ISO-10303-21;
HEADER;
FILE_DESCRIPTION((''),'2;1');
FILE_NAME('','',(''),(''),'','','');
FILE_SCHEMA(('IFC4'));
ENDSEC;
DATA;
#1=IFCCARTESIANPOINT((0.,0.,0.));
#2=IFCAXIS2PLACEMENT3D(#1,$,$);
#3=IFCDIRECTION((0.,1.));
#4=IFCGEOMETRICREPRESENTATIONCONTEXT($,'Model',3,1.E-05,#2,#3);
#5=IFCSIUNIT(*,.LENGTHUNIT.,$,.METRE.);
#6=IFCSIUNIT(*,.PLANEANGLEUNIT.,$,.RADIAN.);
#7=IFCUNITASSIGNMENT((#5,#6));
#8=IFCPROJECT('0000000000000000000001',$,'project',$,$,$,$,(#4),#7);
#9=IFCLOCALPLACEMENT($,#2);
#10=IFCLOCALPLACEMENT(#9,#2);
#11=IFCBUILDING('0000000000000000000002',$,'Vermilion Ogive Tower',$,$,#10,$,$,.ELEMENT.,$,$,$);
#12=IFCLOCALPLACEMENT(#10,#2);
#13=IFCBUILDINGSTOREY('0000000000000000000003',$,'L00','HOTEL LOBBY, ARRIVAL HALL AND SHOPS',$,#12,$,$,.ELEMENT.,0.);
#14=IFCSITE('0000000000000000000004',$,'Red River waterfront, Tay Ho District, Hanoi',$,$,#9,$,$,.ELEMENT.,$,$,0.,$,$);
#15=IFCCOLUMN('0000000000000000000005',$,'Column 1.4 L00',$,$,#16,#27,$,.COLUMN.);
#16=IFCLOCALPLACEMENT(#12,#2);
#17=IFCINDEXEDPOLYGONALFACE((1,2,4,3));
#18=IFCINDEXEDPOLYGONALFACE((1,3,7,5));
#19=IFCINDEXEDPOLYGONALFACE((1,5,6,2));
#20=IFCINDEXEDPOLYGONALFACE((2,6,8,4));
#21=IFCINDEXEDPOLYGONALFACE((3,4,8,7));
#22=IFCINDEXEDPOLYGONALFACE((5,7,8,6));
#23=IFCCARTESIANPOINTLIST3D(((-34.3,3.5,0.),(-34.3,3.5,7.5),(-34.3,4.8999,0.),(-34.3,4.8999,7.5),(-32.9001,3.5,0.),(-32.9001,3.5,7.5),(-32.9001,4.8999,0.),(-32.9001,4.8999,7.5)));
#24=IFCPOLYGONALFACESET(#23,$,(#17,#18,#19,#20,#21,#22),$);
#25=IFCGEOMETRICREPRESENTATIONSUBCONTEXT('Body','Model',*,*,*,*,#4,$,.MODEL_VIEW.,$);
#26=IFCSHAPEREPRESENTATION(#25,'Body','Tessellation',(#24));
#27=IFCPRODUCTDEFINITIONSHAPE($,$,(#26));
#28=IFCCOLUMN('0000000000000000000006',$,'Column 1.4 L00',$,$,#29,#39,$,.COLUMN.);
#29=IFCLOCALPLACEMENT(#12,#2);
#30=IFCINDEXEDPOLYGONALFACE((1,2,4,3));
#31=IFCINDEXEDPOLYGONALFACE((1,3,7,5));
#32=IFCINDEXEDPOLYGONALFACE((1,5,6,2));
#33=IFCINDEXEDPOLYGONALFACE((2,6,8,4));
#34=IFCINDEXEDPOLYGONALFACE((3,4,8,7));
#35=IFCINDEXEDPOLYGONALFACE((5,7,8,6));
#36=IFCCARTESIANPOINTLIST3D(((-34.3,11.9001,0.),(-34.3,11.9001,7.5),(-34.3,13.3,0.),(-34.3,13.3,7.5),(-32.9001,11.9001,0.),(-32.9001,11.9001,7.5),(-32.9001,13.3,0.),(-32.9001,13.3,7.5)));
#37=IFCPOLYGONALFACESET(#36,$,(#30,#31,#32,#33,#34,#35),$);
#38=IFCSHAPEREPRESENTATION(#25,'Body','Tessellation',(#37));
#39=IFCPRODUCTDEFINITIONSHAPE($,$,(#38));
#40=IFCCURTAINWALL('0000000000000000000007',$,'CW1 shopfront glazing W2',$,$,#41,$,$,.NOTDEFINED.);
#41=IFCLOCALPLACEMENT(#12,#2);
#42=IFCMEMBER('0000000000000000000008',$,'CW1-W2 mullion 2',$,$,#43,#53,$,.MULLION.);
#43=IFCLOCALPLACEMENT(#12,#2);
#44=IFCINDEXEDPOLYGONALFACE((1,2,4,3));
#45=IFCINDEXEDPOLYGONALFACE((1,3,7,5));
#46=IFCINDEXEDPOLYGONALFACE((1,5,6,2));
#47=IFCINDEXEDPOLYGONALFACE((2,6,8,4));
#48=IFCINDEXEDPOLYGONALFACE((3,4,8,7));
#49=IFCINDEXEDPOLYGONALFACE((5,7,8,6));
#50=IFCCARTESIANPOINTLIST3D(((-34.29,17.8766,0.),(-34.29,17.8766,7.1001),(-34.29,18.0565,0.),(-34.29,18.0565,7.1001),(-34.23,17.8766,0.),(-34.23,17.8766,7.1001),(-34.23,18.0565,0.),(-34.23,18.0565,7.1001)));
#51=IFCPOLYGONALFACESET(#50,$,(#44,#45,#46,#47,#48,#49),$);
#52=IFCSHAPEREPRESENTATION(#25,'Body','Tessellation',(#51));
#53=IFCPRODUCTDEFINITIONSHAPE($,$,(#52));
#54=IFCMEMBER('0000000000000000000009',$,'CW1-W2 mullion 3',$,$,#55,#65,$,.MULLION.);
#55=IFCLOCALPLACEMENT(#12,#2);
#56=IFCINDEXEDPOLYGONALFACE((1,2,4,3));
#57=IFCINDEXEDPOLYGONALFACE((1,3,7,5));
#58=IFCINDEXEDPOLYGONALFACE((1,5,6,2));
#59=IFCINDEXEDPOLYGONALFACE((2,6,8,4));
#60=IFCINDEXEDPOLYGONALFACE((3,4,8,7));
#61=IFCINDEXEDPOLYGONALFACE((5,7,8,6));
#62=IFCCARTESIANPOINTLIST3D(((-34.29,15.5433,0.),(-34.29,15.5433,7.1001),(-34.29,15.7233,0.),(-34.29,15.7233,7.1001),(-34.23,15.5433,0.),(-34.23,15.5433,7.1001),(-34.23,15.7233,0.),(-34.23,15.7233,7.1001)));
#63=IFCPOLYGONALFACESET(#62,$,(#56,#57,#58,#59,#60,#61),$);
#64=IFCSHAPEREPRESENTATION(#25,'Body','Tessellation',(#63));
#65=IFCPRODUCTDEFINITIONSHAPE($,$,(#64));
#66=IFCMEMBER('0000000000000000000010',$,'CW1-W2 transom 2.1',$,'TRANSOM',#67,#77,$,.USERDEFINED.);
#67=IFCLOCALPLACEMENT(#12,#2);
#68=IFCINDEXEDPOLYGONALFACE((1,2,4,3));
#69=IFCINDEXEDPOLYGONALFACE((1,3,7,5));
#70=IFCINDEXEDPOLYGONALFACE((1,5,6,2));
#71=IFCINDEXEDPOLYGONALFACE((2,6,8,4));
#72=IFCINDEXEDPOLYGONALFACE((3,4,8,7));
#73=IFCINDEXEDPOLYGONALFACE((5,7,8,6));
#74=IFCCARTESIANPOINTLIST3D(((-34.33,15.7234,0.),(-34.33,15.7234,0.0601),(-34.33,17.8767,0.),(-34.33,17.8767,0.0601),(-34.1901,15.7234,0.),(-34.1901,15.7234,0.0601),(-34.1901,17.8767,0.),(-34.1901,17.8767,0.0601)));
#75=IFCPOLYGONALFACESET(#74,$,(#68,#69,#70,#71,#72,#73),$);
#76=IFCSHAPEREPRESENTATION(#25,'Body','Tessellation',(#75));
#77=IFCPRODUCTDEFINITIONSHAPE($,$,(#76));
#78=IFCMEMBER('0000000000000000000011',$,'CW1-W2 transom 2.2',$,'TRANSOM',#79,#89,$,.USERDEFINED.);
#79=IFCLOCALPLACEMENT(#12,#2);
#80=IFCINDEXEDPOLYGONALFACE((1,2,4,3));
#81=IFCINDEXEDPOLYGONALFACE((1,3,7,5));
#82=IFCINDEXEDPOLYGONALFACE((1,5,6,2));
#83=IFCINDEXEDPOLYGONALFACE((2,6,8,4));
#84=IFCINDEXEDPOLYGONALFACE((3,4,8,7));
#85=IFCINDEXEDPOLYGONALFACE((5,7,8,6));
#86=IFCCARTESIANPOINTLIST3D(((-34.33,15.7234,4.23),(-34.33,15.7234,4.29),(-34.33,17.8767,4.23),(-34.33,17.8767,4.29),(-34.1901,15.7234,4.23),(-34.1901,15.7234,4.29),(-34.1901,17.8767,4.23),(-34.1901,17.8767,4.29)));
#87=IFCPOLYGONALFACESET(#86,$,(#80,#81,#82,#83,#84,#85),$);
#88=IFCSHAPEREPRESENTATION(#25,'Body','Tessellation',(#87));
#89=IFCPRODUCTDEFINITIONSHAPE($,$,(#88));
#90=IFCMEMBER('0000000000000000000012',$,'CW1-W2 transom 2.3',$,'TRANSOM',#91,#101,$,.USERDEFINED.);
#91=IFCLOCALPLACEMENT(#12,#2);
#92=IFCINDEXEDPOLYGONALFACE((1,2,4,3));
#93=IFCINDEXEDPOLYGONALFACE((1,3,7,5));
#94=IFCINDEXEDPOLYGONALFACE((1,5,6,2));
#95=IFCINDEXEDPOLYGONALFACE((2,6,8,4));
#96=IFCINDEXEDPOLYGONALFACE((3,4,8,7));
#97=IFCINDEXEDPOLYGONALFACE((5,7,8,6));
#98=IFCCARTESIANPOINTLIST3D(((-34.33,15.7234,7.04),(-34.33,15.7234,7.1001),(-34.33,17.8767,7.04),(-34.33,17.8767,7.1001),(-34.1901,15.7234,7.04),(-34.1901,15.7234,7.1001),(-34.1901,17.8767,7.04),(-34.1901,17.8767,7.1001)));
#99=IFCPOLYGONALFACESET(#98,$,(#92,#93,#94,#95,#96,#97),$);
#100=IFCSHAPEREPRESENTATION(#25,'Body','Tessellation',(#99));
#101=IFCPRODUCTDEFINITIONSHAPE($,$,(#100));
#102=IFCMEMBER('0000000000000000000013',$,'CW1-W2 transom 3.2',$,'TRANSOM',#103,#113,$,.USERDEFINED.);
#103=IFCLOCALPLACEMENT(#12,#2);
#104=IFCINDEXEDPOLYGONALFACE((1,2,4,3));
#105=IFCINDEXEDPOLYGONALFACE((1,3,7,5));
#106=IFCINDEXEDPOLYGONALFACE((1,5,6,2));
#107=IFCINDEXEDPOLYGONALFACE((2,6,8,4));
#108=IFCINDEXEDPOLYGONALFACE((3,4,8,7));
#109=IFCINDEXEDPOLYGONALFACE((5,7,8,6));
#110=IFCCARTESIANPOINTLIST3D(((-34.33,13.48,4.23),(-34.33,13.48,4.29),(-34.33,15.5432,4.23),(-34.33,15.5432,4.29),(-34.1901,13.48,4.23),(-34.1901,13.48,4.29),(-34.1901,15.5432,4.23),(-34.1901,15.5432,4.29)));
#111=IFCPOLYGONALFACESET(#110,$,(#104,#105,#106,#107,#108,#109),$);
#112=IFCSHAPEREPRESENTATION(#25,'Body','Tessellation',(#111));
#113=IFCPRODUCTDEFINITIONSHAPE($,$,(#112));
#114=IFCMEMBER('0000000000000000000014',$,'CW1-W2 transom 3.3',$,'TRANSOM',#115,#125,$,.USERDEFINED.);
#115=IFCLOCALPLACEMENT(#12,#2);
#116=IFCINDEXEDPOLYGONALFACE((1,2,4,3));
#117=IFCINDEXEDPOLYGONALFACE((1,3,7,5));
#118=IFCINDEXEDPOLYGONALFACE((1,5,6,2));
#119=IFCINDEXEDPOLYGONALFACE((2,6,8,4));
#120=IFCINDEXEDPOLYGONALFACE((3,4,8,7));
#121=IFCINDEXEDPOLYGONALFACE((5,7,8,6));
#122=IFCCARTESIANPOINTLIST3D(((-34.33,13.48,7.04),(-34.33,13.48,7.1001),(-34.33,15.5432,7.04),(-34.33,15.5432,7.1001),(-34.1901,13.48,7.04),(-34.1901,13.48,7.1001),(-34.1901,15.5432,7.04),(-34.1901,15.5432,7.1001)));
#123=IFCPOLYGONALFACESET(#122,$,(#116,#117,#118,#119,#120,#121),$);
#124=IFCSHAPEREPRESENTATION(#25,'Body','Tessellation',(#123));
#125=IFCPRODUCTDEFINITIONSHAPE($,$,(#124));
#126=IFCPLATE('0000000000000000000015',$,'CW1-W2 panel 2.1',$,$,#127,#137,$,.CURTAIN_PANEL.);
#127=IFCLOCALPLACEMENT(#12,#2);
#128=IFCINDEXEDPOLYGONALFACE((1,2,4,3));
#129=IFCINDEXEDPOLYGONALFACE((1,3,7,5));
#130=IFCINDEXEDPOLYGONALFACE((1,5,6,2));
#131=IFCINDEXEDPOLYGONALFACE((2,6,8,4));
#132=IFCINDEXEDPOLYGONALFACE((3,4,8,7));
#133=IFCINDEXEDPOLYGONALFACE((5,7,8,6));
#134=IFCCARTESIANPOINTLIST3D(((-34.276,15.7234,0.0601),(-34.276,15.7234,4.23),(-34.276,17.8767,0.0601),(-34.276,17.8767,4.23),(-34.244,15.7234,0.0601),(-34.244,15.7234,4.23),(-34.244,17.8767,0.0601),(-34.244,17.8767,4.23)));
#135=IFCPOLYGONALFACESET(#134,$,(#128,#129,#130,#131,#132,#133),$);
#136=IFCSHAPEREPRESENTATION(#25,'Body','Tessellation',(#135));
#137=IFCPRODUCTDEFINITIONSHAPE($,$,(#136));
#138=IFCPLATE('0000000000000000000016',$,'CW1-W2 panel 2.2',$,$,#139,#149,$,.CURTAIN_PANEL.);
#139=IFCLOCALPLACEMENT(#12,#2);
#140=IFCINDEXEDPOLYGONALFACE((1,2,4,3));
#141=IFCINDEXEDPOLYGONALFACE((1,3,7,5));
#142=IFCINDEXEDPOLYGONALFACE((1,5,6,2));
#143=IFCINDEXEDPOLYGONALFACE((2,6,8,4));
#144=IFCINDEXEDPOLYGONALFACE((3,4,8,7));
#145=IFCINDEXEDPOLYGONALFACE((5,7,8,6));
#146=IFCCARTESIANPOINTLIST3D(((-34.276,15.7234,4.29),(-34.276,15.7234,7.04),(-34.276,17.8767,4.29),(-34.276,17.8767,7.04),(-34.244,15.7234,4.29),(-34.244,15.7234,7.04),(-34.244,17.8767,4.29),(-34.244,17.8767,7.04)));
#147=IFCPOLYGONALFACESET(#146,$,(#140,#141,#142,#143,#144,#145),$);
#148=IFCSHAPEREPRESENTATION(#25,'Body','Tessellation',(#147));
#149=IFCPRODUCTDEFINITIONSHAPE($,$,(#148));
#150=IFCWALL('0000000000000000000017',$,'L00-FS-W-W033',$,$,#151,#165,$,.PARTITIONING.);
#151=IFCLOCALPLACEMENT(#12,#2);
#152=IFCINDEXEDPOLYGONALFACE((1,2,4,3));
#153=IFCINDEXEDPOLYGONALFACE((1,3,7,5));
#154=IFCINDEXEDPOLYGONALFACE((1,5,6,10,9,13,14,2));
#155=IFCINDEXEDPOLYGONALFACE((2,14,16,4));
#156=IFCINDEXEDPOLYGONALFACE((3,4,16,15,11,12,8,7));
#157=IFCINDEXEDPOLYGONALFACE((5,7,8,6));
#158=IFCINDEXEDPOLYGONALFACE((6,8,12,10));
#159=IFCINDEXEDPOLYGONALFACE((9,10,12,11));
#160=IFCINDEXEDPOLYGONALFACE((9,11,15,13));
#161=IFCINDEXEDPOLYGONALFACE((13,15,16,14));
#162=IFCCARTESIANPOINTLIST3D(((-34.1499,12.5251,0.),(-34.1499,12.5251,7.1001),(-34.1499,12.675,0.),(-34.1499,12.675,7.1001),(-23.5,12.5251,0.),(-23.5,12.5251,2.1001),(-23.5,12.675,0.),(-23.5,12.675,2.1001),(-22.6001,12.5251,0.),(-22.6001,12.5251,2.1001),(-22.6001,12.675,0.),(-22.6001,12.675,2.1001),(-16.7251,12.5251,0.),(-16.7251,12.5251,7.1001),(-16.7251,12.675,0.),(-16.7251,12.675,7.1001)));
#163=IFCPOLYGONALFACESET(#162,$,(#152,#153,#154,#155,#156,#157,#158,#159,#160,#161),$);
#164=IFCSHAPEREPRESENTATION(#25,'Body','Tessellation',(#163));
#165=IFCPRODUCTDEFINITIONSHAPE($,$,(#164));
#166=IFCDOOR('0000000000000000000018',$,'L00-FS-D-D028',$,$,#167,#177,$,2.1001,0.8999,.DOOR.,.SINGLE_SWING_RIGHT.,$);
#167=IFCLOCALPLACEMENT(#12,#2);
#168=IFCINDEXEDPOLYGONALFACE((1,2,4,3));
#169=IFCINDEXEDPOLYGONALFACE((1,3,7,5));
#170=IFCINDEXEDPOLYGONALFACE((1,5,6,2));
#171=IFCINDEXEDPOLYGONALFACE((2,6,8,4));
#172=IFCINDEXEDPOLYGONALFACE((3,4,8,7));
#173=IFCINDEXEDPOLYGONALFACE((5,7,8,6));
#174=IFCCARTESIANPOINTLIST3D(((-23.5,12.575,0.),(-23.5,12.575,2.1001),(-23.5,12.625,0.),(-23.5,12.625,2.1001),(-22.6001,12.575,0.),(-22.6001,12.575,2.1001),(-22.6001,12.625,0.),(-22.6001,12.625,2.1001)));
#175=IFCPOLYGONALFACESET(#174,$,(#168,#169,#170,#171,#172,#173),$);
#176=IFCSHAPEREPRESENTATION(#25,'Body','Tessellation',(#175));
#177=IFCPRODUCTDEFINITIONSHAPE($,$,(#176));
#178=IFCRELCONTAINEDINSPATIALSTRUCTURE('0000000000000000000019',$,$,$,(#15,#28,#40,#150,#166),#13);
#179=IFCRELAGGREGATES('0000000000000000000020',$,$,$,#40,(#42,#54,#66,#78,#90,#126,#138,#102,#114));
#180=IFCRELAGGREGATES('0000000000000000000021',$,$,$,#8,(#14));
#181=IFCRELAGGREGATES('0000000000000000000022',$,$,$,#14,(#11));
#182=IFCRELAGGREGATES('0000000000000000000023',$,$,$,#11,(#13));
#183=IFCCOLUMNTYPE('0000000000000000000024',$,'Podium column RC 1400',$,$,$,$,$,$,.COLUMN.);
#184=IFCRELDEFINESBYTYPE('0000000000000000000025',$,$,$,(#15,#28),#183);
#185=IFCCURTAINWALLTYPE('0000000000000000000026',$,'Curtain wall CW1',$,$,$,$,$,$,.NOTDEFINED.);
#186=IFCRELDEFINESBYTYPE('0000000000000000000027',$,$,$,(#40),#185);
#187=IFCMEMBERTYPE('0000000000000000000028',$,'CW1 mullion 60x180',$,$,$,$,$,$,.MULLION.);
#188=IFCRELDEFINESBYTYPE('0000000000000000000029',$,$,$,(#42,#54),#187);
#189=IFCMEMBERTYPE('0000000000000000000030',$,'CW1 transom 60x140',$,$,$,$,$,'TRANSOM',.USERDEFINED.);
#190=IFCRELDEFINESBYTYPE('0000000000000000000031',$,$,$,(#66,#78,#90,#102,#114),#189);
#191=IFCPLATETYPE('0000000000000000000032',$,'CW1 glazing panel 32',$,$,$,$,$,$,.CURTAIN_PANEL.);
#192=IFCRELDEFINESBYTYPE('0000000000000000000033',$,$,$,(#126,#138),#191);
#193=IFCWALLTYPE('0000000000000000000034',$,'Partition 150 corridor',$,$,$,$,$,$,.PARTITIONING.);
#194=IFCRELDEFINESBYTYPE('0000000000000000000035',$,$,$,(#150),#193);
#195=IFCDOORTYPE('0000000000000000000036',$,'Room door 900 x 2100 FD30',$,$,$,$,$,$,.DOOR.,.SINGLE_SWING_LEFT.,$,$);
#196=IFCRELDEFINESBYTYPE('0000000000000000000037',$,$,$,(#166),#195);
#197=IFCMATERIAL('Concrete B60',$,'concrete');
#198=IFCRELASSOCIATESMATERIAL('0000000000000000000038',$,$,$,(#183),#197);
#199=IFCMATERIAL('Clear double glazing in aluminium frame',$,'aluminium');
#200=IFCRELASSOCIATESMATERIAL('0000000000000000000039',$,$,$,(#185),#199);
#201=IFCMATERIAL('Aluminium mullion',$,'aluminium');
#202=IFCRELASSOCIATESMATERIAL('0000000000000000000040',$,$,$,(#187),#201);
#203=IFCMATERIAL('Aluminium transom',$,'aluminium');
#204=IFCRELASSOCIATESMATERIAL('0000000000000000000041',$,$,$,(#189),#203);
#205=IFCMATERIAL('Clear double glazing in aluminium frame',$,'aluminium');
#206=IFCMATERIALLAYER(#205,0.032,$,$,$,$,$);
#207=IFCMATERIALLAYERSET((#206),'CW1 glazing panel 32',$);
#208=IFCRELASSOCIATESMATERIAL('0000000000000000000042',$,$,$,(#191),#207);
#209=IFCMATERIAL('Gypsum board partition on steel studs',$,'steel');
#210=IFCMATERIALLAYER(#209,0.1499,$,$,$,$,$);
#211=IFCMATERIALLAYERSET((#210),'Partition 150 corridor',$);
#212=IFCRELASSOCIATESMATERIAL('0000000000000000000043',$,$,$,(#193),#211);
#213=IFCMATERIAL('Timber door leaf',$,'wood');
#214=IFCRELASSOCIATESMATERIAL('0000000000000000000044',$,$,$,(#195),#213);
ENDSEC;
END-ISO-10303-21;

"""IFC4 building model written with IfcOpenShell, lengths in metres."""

from ifc_helpers import new_model, si_unit, direction, frame, frame_2d, origin, origin_2d, place, context, subcontext, project, spatial, rectangle, extrude, material, layer, layer_set, material_profile, profile_set, type_object, element, fill, aggregate, save


model = new_model("IFC4")

# Units and contexts
model_context = context("Model", 3, precision=1e-05, world=origin(), true_north=direction((0.0, 1.0)))
body_context = subcontext(model_context, "Body", "Model", "MODEL_VIEW")
ifc_project = project(units=[si_unit("LENGTHUNIT", "METRE"), si_unit("PLANEANGLEUNIT", "RADIAN")], contexts=[model_context])

# Site, building, storey
site_placement = place(None, origin())
site = spatial("IfcSite", under=ifc_project, at=site_placement, Name="Red River waterfront, Tay Ho District, Hanoi", CompositionType="ELEMENT", RefElevation=0.0)
building_placement = place(site_placement, origin())
building = spatial("IfcBuilding", under=site, at=building_placement, Name="Vermilion Ogive Tower", CompositionType="ELEMENT")
storey_placement = place(building_placement, origin())
storey = spatial("IfcBuildingStorey", under=building, at=storey_placement, Name="L00", Description="HOTEL LOBBY, ARRIVAL HALL AND SHOPS", CompositionType="ELEMENT", Elevation=0.0)

# Columns
ifc_material_1 = material(Name="Concrete B60", Category="concrete")
ifc_material_profile_1 = material_profile(ifc_material_1, rectangle(XDim=1.3999, YDim=1.3999, at=origin_2d()), Name="RC 1400x1400")
ifc_profile_set_1 = profile_set([ifc_material_profile_1], Name="Concrete B60")
column_type = type_object("IfcColumnType", Name="Podium column RC 1400", PredefinedType="COLUMN", material=ifc_profile_set_1)
for number, where, z_axis, x_axis, name in (
    (1, (-33.6001, 4.2, 0.0), (0.0, 0.0, 1.0), (1.0, 0.0, 0.0), "Column 1.4 L00"),
    (2, (-33.6001, 12.6001, 0.0), (0.0, 0.0, 1.0), (1.0, 0.0, 0.0), "Column 1.4 L00"),
):
    element("IfcColumn", number, at=place(storey_placement, frame(where, z_axis=z_axis, x_axis=x_axis)), inside=storey, type_object=column_type, Name=name, PredefinedType="COLUMN", context=body_context, shape_type="SweptSolid", body=[
        extrude(rectangle(XDim=1.3999, YDim=1.3999, at=origin_2d()), origin(), (0.0, 0.0, 1.0), 7.5),
    ])

# Curtain wall, members, plates
ifc_material_2 = material(Name="Clear double glazing in aluminium frame", Category="aluminium")
curtain_wall_type = type_object("IfcCurtainWallType", Name="Curtain wall CW1", PredefinedType="NOTDEFINED", material=ifc_material_2)
curtain_wall_placement = place(storey_placement, origin())
curtain_wall = element("IfcCurtainWall", 3, at=curtain_wall_placement, inside=storey, type_object=curtain_wall_type, Name="CW1 shopfront glazing W2", PredefinedType="NOTDEFINED")
ifc_material_3 = material(Name="Aluminium mullion", Category="aluminium")
ifc_material_profile_2 = material_profile(ifc_material_3, rectangle(XDim=0.0601, YDim=0.1799, at=origin_2d()), Name="AL 60x180")
ifc_profile_set_2 = profile_set([ifc_material_profile_2], Name="Aluminium mullion")
member_type_1 = type_object("IfcMemberType", Name="CW1 mullion 60x180", PredefinedType="MULLION", material=ifc_profile_set_2)
member_1_placement = place(storey_placement, frame((-34.26, 17.9666, 0.0), z_axis=(0.0, 0.0, 1.0), x_axis=(1.0, 0.0, 0.0)))
member_1 = element("IfcMember", 4, at=member_1_placement, type_object=member_type_1, Name="CW1-W2 mullion 2", PredefinedType="MULLION", context=body_context, shape_type="SweptSolid", body=[
    extrude(rectangle(XDim=0.0601, YDim=0.1799, at=origin_2d()), origin(), (0.0, 0.0, 1.0), 7.1001),
])
member_2_placement = place(storey_placement, frame((-34.26, 15.6333, 0.0), z_axis=(0.0, 0.0, 1.0), x_axis=(1.0, 0.0, 0.0)))
member_2 = element("IfcMember", 5, at=member_2_placement, type_object=member_type_1, Name="CW1-W2 mullion 3", PredefinedType="MULLION", context=body_context, shape_type="SweptSolid", body=[
    extrude(rectangle(XDim=0.0601, YDim=0.1799, at=origin_2d()), origin(), (0.0, 0.0, 1.0), 7.1001),
])
ifc_material_4 = material(Name="Aluminium transom", Category="aluminium")
ifc_material_profile_3 = material_profile(ifc_material_4, rectangle(XDim=0.1399, YDim=0.0601, at=origin_2d()), Name="AL 60x140")
ifc_profile_set_3 = profile_set([ifc_material_profile_3], Name="Aluminium transom")
member_type_2 = type_object("IfcMemberType", Name="CW1 transom 60x140", ElementType="TRANSOM", PredefinedType="USERDEFINED", material=ifc_profile_set_3)
member_3_placement = place(storey_placement, frame((-34.26, 17.8767, 0.03), z_axis=(0.0, -1.0, 0.0), x_axis=(1.0, 0.0, 0.0)))
member_3 = element("IfcMember", 6, at=member_3_placement, type_object=member_type_2, Name="CW1-W2 transom 2.1", ObjectType="TRANSOM", PredefinedType="USERDEFINED", context=body_context, shape_type="SweptSolid", body=[
    extrude(rectangle(XDim=0.1399, YDim=0.0601, at=origin_2d()), origin(), (0.0, 0.0, 1.0), 2.1533),
])
member_4_placement = place(storey_placement, frame((-34.26, 17.8767, 4.26), z_axis=(0.0, -1.0, 0.0), x_axis=(1.0, 0.0, 0.0)))
member_4 = element("IfcMember", 7, at=member_4_placement, type_object=member_type_2, Name="CW1-W2 transom 2.2", ObjectType="TRANSOM", PredefinedType="USERDEFINED", context=body_context, shape_type="SweptSolid", body=[
    extrude(rectangle(XDim=0.1399, YDim=0.0601, at=origin_2d()), origin(), (0.0, 0.0, 1.0), 2.1533),
])
member_5_placement = place(storey_placement, frame((-34.26, 17.8767, 7.0701), z_axis=(0.0, -1.0, 0.0), x_axis=(1.0, 0.0, 0.0)))
member_5 = element("IfcMember", 8, at=member_5_placement, type_object=member_type_2, Name="CW1-W2 transom 2.3", ObjectType="TRANSOM", PredefinedType="USERDEFINED", context=body_context, shape_type="SweptSolid", body=[
    extrude(rectangle(XDim=0.1399, YDim=0.0601, at=origin_2d()), origin(), (0.0, 0.0, 1.0), 2.1533),
])
member_6_placement = place(storey_placement, frame((-34.26, 15.5432, 4.26), z_axis=(0.0, -1.0, 0.0), x_axis=(1.0, 0.0, 0.0)))
member_6 = element("IfcMember", 9, at=member_6_placement, type_object=member_type_2, Name="CW1-W2 transom 3.2", ObjectType="TRANSOM", PredefinedType="USERDEFINED", context=body_context, shape_type="SweptSolid", body=[
    extrude(rectangle(XDim=0.1399, YDim=0.0601, at=origin_2d()), origin(), (0.0, 0.0, 1.0), 2.0632),
])
member_7_placement = place(storey_placement, frame((-34.26, 15.5432, 7.0701), z_axis=(0.0, -1.0, 0.0), x_axis=(1.0, 0.0, 0.0)))
member_7 = element("IfcMember", 10, at=member_7_placement, type_object=member_type_2, Name="CW1-W2 transom 3.3", ObjectType="TRANSOM", PredefinedType="USERDEFINED", context=body_context, shape_type="SweptSolid", body=[
    extrude(rectangle(XDim=0.1399, YDim=0.0601, at=origin_2d()), origin(), (0.0, 0.0, 1.0), 2.0632),
])
ifc_material_5 = material(Name="Clear double glazing in aluminium frame", Category="aluminium")
ifc_layer_1 = layer(ifc_material_5, 0.032)
ifc_layer_set_1 = layer_set([ifc_layer_1], Name="CW1 glazing panel 32")
plate_type = type_object("IfcPlateType", Name="CW1 glazing panel 32", PredefinedType="CURTAIN_PANEL", material=ifc_layer_set_1)
plate_1_placement = place(storey_placement, frame((-34.26, 16.8, 0.0601), z_axis=(0.0, 0.0, 1.0), x_axis=(0.0, -1.0, 0.0)))
plate_1 = element("IfcPlate", 11, at=plate_1_placement, type_object=plate_type, Name="CW1-W2 panel 2.1", PredefinedType="CURTAIN_PANEL", context=body_context, shape_type="SweptSolid", body=[
    extrude(rectangle(XDim=2.1533, YDim=0.032, at=origin_2d()), origin(), (0.0, 0.0, 1.0), 4.1699),
])
plate_2_placement = place(storey_placement, frame((-34.26, 16.8, 4.29), z_axis=(0.0, 0.0, 1.0), x_axis=(0.0, -1.0, 0.0)))
plate_2 = element("IfcPlate", 12, at=plate_2_placement, type_object=plate_type, Name="CW1-W2 panel 2.2", PredefinedType="CURTAIN_PANEL", context=body_context, shape_type="SweptSolid", body=[
    extrude(rectangle(XDim=2.1533, YDim=0.032, at=origin_2d()), origin(), (0.0, 0.0, 1.0), 2.75),
])
aggregate(curtain_wall, [member_1, member_2, member_3, member_4, member_5, plate_1, plate_2, member_6, member_7])

# Wall, opening, door
ifc_material_6 = material(Name="Gypsum board partition on steel studs", Category="steel")
ifc_layer_2 = layer(ifc_material_6, 0.1499)
ifc_layer_set_2 = layer_set([ifc_layer_2], Name="Partition 150 corridor")
wall_type_1 = type_object("IfcWallType", Name="Partition 150 corridor", PredefinedType="PARTITIONING", material=ifc_layer_set_2)
wall_1_placement = place(storey_placement, frame((-34.1499, 12.6001, 0.0), z_axis=(0.0, 0.0, 1.0), x_axis=(1.0, 0.0, 0.0)))
wall_1 = element("IfcWall", 13, at=wall_1_placement, inside=storey, type_object=wall_type_1, Name="L00-FS-W-W033", PredefinedType="PARTITIONING", context=body_context, shape_type="SweptSolid", body=[
    extrude(rectangle(XDim=17.4248, YDim=0.1499, at=frame_2d((8.7124, 0.0))), origin(), (0.0, 0.0, 1.0), 7.1001),
])
opening_1_placement = place(wall_1_placement, frame((10.6499, 0.0, 0.0)))
opening_1 = element("IfcOpeningElement", 14, at=opening_1_placement, cuts=wall_1, PredefinedType="OPENING", context=body_context, shape_type="SweptSolid", body=[
    extrude(rectangle(XDim=0.8999, YDim=2.1001, at=frame_2d((0.45, 1.05))), frame((0.0, 0.085, 0.0), z_axis=(0.0, -1.0, 0.0), x_axis=(1.0, 0.0, 0.0)), (0.0, 0.0, 1.0), 0.1699),
])
ifc_material_7 = material(Name="Timber door leaf", Category="wood")
door_type_1 = type_object("IfcDoorType", Name="Room door 900 x 2100 FD30", OperationType="SINGLE_SWING_LEFT", PredefinedType="DOOR", material=ifc_material_7)
door_1_placement = place(opening_1_placement, origin())
door_1 = element("IfcDoor", 15, at=door_1_placement, inside=storey, type_object=door_type_1, Name="L00-FS-D-D028", OperationType="SINGLE_SWING_RIGHT", OverallHeight=2.1001, OverallWidth=0.8999, PredefinedType="DOOR", context=body_context, shape_type="SweptSolid", body=[
    extrude(rectangle(XDim=0.8999, YDim=2.1001, at=frame_2d((0.45, 1.05))), frame((0.0, 0.0249, 0.0), z_axis=(0.0, -1.0, 0.0), x_axis=(1.0, 0.0, 0.0)), (0.0, 0.0, 1.0), 0.05),
])
fill(opening_1, door_1)

save(model, "model.ifc")
